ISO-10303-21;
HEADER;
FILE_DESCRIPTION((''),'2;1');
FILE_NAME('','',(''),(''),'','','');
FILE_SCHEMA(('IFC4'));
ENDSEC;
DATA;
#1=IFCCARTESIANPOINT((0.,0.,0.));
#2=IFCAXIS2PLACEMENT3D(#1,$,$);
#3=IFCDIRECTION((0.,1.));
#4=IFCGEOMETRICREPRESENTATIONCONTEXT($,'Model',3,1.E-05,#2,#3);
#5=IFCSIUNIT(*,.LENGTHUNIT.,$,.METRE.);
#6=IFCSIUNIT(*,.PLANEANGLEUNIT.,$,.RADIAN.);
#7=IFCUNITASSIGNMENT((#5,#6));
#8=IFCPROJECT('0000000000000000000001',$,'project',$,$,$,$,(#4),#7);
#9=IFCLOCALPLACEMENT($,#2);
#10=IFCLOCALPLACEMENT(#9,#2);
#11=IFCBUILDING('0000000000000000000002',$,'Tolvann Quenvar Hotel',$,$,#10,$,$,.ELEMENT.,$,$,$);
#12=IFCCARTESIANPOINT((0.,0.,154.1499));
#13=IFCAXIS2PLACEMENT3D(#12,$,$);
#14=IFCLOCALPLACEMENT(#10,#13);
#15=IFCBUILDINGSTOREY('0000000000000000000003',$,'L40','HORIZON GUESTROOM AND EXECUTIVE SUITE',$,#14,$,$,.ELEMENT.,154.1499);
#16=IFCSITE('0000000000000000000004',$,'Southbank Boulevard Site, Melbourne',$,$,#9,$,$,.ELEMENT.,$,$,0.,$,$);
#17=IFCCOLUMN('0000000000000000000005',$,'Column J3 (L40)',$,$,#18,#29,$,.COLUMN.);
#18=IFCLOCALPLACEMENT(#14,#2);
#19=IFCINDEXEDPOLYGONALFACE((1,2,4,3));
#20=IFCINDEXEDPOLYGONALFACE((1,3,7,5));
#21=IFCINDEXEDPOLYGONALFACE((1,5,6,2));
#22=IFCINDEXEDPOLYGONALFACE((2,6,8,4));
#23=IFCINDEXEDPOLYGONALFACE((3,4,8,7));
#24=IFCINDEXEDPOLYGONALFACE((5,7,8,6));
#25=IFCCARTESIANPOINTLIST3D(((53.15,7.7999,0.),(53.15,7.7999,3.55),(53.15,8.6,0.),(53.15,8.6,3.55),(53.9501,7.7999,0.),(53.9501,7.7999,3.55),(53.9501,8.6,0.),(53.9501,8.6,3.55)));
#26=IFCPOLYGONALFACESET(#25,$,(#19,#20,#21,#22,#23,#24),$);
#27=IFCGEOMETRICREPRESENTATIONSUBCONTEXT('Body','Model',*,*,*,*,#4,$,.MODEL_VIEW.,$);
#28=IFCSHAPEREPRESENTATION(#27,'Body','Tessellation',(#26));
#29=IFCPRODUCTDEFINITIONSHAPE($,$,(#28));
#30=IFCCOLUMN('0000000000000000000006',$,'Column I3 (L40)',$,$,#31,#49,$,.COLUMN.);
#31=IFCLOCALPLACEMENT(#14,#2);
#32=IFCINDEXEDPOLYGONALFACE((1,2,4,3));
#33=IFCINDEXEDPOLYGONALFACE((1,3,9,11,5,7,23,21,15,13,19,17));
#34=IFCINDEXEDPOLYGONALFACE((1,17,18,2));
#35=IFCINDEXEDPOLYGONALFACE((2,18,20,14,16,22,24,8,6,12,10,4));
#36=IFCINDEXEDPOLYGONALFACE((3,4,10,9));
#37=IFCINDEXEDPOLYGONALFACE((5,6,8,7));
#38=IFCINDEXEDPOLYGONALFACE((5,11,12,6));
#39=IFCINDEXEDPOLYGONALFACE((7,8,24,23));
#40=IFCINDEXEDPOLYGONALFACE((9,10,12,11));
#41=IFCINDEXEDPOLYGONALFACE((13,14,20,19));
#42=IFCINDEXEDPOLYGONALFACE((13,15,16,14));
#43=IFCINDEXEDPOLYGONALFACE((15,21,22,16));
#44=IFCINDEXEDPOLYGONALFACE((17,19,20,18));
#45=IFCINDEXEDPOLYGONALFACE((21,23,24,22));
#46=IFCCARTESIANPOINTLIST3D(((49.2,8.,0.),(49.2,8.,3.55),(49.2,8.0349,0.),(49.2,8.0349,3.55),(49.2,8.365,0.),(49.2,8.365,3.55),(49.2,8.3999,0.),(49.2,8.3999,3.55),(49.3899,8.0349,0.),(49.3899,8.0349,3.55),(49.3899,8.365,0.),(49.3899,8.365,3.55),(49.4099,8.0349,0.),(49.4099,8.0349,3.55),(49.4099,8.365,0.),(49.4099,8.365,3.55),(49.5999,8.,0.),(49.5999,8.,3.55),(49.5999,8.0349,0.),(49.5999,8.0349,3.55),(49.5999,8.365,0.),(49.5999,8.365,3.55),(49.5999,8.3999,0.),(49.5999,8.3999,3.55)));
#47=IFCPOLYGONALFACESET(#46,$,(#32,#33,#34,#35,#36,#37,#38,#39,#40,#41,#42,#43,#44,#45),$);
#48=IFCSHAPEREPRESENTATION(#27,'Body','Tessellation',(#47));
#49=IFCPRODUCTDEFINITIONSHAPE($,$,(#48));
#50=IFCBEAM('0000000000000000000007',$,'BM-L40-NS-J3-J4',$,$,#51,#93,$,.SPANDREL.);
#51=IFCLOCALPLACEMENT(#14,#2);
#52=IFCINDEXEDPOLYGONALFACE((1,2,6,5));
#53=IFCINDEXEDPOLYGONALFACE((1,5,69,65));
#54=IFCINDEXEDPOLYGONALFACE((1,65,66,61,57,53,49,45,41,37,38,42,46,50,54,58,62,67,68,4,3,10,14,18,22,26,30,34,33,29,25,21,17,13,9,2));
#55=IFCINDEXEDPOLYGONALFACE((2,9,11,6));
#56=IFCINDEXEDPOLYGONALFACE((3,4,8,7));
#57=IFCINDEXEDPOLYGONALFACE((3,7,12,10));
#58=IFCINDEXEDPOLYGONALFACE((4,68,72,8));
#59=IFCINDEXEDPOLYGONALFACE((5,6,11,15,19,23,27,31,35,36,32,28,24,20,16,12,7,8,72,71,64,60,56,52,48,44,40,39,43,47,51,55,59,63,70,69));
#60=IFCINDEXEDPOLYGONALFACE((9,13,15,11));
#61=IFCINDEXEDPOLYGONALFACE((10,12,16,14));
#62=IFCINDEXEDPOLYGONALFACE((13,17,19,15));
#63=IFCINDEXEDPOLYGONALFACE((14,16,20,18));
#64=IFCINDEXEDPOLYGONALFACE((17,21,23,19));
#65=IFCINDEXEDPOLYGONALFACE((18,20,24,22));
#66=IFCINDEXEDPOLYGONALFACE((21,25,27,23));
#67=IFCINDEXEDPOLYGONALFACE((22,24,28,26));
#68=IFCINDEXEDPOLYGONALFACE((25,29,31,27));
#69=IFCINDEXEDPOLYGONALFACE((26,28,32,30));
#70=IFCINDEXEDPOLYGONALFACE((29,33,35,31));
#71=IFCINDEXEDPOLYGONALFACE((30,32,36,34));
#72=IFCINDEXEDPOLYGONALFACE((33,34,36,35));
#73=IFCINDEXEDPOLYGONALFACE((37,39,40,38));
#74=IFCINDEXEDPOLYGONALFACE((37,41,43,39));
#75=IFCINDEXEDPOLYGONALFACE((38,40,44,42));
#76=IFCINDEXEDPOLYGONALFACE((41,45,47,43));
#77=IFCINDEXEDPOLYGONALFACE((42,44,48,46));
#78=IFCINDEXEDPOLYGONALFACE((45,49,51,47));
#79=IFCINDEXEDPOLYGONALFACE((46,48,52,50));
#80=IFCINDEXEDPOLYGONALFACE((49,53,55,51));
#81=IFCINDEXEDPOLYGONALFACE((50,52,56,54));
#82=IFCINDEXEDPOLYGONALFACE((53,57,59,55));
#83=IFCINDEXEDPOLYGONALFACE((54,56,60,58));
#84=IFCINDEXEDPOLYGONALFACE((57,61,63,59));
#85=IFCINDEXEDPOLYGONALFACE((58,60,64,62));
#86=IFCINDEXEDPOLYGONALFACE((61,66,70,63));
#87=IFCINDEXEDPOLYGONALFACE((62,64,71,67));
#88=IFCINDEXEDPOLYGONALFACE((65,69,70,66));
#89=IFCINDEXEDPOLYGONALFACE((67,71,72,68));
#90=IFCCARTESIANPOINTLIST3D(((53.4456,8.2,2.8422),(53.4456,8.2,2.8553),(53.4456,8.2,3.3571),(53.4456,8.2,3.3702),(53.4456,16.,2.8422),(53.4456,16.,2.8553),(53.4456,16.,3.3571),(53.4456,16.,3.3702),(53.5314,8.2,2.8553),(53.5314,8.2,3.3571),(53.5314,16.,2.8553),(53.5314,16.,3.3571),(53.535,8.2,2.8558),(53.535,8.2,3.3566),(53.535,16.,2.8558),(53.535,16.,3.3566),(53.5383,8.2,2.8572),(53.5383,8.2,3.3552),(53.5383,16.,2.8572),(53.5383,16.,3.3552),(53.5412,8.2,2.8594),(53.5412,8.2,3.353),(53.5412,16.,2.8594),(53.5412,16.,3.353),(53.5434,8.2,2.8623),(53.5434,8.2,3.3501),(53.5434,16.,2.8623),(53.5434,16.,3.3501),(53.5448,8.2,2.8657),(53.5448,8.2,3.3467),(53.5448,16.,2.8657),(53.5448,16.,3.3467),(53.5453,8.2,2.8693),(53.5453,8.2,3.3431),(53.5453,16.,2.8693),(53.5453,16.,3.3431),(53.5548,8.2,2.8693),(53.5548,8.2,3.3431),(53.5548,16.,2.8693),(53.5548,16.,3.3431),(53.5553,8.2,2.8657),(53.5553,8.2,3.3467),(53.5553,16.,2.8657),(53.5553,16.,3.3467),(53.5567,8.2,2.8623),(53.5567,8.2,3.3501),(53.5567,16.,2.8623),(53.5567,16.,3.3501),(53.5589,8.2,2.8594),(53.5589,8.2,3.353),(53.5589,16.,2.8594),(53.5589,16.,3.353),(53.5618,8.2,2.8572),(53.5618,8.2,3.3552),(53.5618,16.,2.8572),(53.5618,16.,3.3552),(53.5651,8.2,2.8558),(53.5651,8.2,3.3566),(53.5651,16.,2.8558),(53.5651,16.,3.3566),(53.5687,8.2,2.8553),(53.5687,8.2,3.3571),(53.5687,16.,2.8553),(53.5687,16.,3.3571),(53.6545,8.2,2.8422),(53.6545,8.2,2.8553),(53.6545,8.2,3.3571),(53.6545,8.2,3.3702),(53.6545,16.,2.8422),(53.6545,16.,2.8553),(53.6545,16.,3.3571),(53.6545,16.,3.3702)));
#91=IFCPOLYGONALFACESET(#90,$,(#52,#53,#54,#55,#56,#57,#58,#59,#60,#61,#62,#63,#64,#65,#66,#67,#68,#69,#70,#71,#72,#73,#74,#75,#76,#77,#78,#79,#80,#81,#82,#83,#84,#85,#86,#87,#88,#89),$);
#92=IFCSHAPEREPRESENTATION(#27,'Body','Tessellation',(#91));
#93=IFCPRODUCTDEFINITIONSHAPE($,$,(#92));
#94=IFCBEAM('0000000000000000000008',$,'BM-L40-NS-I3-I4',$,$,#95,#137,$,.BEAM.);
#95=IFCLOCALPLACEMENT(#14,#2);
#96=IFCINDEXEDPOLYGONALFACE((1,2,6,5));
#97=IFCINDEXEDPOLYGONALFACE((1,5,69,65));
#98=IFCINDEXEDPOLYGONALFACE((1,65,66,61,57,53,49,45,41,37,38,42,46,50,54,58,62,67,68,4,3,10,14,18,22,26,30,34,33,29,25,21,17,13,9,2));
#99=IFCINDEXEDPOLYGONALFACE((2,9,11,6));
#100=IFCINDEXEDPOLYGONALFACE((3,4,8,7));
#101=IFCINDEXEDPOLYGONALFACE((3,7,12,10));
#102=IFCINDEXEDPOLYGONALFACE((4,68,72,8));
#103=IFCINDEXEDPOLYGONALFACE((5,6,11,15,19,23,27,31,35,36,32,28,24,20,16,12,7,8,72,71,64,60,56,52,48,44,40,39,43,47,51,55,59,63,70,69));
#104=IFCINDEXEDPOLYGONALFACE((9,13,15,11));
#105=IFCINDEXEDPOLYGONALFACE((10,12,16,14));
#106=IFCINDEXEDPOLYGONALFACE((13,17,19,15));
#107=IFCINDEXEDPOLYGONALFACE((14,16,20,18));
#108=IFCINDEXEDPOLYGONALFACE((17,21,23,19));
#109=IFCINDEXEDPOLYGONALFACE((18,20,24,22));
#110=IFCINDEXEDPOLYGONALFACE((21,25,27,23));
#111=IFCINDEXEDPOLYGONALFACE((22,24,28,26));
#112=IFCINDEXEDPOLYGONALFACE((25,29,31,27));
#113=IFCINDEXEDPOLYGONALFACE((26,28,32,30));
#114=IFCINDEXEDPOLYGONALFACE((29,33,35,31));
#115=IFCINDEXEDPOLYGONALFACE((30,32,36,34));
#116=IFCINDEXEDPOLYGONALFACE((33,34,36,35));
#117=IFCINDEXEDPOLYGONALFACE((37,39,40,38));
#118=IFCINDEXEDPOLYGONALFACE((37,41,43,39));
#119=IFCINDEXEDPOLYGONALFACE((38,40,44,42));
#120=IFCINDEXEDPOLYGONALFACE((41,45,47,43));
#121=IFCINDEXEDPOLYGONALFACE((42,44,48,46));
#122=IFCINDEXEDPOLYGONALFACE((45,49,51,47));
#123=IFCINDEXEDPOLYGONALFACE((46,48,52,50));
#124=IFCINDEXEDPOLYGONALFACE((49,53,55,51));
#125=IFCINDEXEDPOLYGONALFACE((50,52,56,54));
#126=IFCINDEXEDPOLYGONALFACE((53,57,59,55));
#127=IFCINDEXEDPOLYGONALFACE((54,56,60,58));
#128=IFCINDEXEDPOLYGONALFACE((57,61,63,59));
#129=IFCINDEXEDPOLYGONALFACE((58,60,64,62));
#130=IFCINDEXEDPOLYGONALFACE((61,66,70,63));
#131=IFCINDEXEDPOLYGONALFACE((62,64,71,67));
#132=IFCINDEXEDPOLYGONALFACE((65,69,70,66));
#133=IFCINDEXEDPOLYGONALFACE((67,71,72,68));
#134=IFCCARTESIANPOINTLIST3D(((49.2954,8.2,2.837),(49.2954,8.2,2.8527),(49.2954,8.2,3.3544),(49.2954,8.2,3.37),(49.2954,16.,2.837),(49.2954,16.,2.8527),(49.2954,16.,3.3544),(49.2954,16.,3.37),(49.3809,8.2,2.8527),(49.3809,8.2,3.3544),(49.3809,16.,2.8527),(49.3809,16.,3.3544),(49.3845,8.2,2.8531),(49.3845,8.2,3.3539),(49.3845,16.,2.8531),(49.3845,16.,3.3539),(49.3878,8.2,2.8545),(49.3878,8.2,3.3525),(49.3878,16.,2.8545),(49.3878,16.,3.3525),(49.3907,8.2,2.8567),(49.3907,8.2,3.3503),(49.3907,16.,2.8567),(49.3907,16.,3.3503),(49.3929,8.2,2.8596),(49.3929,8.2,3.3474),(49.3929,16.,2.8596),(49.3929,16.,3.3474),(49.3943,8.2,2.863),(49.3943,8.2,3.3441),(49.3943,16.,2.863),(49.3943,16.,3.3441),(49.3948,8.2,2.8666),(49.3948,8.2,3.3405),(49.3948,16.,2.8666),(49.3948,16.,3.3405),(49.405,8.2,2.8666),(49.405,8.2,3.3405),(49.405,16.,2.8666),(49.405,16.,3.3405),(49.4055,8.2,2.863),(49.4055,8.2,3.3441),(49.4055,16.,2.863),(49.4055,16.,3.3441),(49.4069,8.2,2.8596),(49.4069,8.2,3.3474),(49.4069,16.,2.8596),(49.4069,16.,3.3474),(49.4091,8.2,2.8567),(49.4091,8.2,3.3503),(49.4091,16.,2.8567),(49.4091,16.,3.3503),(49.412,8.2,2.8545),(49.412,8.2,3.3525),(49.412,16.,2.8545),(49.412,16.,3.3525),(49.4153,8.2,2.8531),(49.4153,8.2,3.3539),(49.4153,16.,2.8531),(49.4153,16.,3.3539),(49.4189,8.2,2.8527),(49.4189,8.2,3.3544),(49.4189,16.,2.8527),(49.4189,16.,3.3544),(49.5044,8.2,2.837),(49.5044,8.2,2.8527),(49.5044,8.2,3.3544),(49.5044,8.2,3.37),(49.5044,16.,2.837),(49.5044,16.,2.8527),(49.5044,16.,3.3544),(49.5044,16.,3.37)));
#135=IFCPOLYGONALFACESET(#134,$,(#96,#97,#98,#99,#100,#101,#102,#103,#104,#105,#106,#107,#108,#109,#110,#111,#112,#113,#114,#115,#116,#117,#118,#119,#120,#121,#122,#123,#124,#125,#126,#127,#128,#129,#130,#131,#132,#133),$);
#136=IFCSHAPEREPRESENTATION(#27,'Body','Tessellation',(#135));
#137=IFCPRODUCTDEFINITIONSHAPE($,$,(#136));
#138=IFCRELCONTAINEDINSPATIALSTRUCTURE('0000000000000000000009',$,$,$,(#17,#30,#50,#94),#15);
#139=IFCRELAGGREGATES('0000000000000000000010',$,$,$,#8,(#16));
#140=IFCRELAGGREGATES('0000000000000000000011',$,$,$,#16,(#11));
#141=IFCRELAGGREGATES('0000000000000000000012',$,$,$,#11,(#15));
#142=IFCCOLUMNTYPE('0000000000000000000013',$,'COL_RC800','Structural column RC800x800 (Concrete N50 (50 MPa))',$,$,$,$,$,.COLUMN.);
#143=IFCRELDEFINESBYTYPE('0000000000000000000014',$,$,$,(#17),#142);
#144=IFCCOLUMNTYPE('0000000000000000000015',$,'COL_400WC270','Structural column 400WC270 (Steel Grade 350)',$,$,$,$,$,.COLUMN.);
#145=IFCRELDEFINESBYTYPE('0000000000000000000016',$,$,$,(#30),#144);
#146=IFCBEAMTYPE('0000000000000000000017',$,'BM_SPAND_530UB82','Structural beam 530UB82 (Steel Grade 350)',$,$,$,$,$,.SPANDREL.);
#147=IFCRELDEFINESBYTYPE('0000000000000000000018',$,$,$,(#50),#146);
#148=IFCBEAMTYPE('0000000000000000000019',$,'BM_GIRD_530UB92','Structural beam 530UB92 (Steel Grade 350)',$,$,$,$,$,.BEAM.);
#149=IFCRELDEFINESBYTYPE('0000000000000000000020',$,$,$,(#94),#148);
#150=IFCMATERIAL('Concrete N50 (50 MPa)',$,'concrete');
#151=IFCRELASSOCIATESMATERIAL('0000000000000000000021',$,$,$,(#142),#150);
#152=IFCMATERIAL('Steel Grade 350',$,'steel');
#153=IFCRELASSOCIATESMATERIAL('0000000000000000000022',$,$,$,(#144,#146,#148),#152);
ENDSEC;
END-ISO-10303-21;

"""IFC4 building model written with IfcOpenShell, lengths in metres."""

from ifc_helpers import new_model, si_unit, direction, frame, origin, origin_2d, place, context, subcontext, project, spatial, rectangle, i_section, extrude, source, transform, mapped, material, material_profile, profile_set, type_object, type_shapes, element, save


model = new_model("IFC4")

# Units and contexts
model_context = context("Model", 3, precision=1e-05, world=origin(), true_north=direction((0.0, 1.0)))
body_context = subcontext(model_context, "Body", "Model", "MODEL_VIEW")
ifc_project = project(units=[si_unit("LENGTHUNIT", "METRE"), si_unit("PLANEANGLEUNIT", "RADIAN")], contexts=[model_context])

# Site, building, storey
site_placement = place(None, origin())
site = spatial("IfcSite", under=ifc_project, at=site_placement, Name="Southbank Boulevard Site, Melbourne", CompositionType="ELEMENT", RefElevation=0.0)
building_placement = place(site_placement, origin())
building = spatial("IfcBuilding", under=site, at=building_placement, Name="Tolvann Quenvar Hotel", CompositionType="ELEMENT")
storey_placement = place(building_placement, frame((0.0, 0.0, 154.1499)))
storey = spatial("IfcBuildingStorey", under=building, at=storey_placement, Name="L40", Description="HORIZON GUESTROOM AND EXECUTIVE SUITE", CompositionType="ELEMENT", Elevation=154.1499)

# Columns
ifc_material_1 = material(Name="Concrete N50 (50 MPa)", Category="concrete")
ifc_material_profile_1 = material_profile(ifc_material_1, rectangle(XDim=0.8, YDim=0.8, at=origin_2d()), Name="RC800x800")
ifc_profile_set_1 = profile_set([ifc_material_profile_1], Name="Concrete N50 (50 MPa)")
column_type_1 = type_object("IfcColumnType", Name="COL_RC800", Description="Structural column RC800x800 (Concrete N50 (50 MPa))", PredefinedType="COLUMN", material=ifc_profile_set_1)
shared_shape_1 = source(origin(), body_context, "Body", "SweptSolid", [
    extrude(rectangle(XDim=0.8, YDim=0.8, at=origin_2d()), origin(), (0.0, 0.0, 1.0), 3.55),
])
type_shapes(column_type_1, [shared_shape_1])
column_1_placement = place(storey_placement, frame((53.55, 8.2, 0.0), z_axis=(0.0, 0.0, 1.0), x_axis=(1.0, 0.0, 0.0)))
element("IfcColumn", 1, at=column_1_placement, inside=storey, type_object=column_type_1, Name="Column J3 (L40)", PredefinedType="COLUMN", context=body_context, shape_type="MappedRepresentation", body=[
    mapped(shared_shape_1, transform((0.0, 0.0, 0.0), x_axis=(1.0, 0.0, 0.0), y_axis=(0.0, 1.0, 0.0), z_axis=(0.0, 0.0, 1.0), scale=1.0)),
])
ifc_material_2 = material(Name="Steel Grade 350", Category="steel")
ifc_material_profile_2 = material_profile(ifc_material_2, i_section(OverallWidth=0.3999, OverallDepth=0.3999, WebThickness=0.02, FlangeThickness=0.0349, at=origin_2d()), Name="400WC270")
ifc_profile_set_2 = profile_set([ifc_material_profile_2], Name="Steel Grade 350")
column_type_2 = type_object("IfcColumnType", Name="COL_400WC270", Description="Structural column 400WC270 (Steel Grade 350)", PredefinedType="COLUMN", material=ifc_profile_set_2)
shared_shape_2 = source(origin(), body_context, "Body", "SweptSolid", [
    extrude(i_section(OverallWidth=0.3999, OverallDepth=0.3999, WebThickness=0.02, FlangeThickness=0.0349, at=origin_2d()), origin(), (0.0, 0.0, 1.0), 3.55),
])
type_shapes(column_type_2, [shared_shape_2])
column_2_placement = place(storey_placement, frame((49.3999, 8.2, 0.0), z_axis=(0.0, 0.0, 1.0), x_axis=(1.0, 0.0, 0.0)))
element("IfcColumn", 2, at=column_2_placement, inside=storey, type_object=column_type_2, Name="Column I3 (L40)", PredefinedType="COLUMN", context=body_context, shape_type="MappedRepresentation", body=[
    mapped(shared_shape_2, transform((0.0, 0.0, 0.0), x_axis=(1.0, 0.0, 0.0), y_axis=(0.0, 1.0, 0.0), z_axis=(0.0, 0.0, 1.0), scale=1.0)),
])

# Beams
ifc_material_profile_3 = material_profile(ifc_material_2, i_section(OverallWidth=0.209, OverallDepth=0.5281, WebThickness=0.0095, FlangeThickness=0.0132, FilletRadius=0.0139, at=origin_2d()), Name="530UB82")
ifc_profile_set_3 = profile_set([ifc_material_profile_3], Name="Steel Grade 350")
beam_type_1 = type_object("IfcBeamType", Name="BM_SPAND_530UB82", Description="Structural beam 530UB82 (Steel Grade 350)", PredefinedType="SPANDREL", material=ifc_profile_set_3)
shared_shape_3 = source(origin(), body_context, "Body", "SweptSolid", [
    extrude(i_section(OverallWidth=0.209, OverallDepth=0.5281, WebThickness=0.0095, FlangeThickness=0.0132, FilletRadius=0.0139, at=origin_2d()), origin(), (0.0, 0.0, 1.0), 7.8),
])
type_shapes(beam_type_1, [shared_shape_3])
beam_1_placement = place(storey_placement, frame((53.55, 8.2, 3.1062), z_axis=(0.0, 1.0, 0.0), x_axis=(-1.0, 0.0, 0.0)))
element("IfcBeam", 3, at=beam_1_placement, inside=storey, type_object=beam_type_1, Name="BM-L40-NS-J3-J4", PredefinedType="SPANDREL", context=body_context, shape_type="MappedRepresentation", body=[
    mapped(shared_shape_3, transform((0.0, 0.0, 0.0), x_axis=(1.0, 0.0, 0.0), y_axis=(0.0, 1.0, 0.0), z_axis=(0.0, 0.0, 1.0), scale=1.0)),
])
ifc_material_profile_4 = material_profile(ifc_material_2, i_section(OverallWidth=0.209, OverallDepth=0.533, WebThickness=0.0103, FlangeThickness=0.0156, FilletRadius=0.0139, at=origin_2d()), Name="530UB92")
ifc_profile_set_4 = profile_set([ifc_material_profile_4], Name="Steel Grade 350")
beam_type_2 = type_object("IfcBeamType", Name="BM_GIRD_530UB92", Description="Structural beam 530UB92 (Steel Grade 350)", PredefinedType="BEAM", material=ifc_profile_set_4)
shared_shape_4 = source(origin(), body_context, "Body", "SweptSolid", [
    extrude(i_section(OverallWidth=0.209, OverallDepth=0.533, WebThickness=0.0103, FlangeThickness=0.0156, FilletRadius=0.0139, at=origin_2d()), origin(), (0.0, 0.0, 1.0), 7.8),
])
type_shapes(beam_type_2, [shared_shape_4])
beam_2_placement = place(storey_placement, frame((49.3999, 8.2, 3.1035), z_axis=(0.0, 1.0, 0.0), x_axis=(-1.0, 0.0, 0.0)))
element("IfcBeam", 4, at=beam_2_placement, inside=storey, type_object=beam_type_2, Name="BM-L40-NS-I3-I4", PredefinedType="BEAM", context=body_context, shape_type="MappedRepresentation", body=[
    mapped(shared_shape_4, transform((0.0, 0.0, 0.0), x_axis=(1.0, 0.0, 0.0), y_axis=(0.0, 1.0, 0.0), z_axis=(0.0, 0.0, 1.0), scale=1.0)),
])

save(model, "model.ifc")
